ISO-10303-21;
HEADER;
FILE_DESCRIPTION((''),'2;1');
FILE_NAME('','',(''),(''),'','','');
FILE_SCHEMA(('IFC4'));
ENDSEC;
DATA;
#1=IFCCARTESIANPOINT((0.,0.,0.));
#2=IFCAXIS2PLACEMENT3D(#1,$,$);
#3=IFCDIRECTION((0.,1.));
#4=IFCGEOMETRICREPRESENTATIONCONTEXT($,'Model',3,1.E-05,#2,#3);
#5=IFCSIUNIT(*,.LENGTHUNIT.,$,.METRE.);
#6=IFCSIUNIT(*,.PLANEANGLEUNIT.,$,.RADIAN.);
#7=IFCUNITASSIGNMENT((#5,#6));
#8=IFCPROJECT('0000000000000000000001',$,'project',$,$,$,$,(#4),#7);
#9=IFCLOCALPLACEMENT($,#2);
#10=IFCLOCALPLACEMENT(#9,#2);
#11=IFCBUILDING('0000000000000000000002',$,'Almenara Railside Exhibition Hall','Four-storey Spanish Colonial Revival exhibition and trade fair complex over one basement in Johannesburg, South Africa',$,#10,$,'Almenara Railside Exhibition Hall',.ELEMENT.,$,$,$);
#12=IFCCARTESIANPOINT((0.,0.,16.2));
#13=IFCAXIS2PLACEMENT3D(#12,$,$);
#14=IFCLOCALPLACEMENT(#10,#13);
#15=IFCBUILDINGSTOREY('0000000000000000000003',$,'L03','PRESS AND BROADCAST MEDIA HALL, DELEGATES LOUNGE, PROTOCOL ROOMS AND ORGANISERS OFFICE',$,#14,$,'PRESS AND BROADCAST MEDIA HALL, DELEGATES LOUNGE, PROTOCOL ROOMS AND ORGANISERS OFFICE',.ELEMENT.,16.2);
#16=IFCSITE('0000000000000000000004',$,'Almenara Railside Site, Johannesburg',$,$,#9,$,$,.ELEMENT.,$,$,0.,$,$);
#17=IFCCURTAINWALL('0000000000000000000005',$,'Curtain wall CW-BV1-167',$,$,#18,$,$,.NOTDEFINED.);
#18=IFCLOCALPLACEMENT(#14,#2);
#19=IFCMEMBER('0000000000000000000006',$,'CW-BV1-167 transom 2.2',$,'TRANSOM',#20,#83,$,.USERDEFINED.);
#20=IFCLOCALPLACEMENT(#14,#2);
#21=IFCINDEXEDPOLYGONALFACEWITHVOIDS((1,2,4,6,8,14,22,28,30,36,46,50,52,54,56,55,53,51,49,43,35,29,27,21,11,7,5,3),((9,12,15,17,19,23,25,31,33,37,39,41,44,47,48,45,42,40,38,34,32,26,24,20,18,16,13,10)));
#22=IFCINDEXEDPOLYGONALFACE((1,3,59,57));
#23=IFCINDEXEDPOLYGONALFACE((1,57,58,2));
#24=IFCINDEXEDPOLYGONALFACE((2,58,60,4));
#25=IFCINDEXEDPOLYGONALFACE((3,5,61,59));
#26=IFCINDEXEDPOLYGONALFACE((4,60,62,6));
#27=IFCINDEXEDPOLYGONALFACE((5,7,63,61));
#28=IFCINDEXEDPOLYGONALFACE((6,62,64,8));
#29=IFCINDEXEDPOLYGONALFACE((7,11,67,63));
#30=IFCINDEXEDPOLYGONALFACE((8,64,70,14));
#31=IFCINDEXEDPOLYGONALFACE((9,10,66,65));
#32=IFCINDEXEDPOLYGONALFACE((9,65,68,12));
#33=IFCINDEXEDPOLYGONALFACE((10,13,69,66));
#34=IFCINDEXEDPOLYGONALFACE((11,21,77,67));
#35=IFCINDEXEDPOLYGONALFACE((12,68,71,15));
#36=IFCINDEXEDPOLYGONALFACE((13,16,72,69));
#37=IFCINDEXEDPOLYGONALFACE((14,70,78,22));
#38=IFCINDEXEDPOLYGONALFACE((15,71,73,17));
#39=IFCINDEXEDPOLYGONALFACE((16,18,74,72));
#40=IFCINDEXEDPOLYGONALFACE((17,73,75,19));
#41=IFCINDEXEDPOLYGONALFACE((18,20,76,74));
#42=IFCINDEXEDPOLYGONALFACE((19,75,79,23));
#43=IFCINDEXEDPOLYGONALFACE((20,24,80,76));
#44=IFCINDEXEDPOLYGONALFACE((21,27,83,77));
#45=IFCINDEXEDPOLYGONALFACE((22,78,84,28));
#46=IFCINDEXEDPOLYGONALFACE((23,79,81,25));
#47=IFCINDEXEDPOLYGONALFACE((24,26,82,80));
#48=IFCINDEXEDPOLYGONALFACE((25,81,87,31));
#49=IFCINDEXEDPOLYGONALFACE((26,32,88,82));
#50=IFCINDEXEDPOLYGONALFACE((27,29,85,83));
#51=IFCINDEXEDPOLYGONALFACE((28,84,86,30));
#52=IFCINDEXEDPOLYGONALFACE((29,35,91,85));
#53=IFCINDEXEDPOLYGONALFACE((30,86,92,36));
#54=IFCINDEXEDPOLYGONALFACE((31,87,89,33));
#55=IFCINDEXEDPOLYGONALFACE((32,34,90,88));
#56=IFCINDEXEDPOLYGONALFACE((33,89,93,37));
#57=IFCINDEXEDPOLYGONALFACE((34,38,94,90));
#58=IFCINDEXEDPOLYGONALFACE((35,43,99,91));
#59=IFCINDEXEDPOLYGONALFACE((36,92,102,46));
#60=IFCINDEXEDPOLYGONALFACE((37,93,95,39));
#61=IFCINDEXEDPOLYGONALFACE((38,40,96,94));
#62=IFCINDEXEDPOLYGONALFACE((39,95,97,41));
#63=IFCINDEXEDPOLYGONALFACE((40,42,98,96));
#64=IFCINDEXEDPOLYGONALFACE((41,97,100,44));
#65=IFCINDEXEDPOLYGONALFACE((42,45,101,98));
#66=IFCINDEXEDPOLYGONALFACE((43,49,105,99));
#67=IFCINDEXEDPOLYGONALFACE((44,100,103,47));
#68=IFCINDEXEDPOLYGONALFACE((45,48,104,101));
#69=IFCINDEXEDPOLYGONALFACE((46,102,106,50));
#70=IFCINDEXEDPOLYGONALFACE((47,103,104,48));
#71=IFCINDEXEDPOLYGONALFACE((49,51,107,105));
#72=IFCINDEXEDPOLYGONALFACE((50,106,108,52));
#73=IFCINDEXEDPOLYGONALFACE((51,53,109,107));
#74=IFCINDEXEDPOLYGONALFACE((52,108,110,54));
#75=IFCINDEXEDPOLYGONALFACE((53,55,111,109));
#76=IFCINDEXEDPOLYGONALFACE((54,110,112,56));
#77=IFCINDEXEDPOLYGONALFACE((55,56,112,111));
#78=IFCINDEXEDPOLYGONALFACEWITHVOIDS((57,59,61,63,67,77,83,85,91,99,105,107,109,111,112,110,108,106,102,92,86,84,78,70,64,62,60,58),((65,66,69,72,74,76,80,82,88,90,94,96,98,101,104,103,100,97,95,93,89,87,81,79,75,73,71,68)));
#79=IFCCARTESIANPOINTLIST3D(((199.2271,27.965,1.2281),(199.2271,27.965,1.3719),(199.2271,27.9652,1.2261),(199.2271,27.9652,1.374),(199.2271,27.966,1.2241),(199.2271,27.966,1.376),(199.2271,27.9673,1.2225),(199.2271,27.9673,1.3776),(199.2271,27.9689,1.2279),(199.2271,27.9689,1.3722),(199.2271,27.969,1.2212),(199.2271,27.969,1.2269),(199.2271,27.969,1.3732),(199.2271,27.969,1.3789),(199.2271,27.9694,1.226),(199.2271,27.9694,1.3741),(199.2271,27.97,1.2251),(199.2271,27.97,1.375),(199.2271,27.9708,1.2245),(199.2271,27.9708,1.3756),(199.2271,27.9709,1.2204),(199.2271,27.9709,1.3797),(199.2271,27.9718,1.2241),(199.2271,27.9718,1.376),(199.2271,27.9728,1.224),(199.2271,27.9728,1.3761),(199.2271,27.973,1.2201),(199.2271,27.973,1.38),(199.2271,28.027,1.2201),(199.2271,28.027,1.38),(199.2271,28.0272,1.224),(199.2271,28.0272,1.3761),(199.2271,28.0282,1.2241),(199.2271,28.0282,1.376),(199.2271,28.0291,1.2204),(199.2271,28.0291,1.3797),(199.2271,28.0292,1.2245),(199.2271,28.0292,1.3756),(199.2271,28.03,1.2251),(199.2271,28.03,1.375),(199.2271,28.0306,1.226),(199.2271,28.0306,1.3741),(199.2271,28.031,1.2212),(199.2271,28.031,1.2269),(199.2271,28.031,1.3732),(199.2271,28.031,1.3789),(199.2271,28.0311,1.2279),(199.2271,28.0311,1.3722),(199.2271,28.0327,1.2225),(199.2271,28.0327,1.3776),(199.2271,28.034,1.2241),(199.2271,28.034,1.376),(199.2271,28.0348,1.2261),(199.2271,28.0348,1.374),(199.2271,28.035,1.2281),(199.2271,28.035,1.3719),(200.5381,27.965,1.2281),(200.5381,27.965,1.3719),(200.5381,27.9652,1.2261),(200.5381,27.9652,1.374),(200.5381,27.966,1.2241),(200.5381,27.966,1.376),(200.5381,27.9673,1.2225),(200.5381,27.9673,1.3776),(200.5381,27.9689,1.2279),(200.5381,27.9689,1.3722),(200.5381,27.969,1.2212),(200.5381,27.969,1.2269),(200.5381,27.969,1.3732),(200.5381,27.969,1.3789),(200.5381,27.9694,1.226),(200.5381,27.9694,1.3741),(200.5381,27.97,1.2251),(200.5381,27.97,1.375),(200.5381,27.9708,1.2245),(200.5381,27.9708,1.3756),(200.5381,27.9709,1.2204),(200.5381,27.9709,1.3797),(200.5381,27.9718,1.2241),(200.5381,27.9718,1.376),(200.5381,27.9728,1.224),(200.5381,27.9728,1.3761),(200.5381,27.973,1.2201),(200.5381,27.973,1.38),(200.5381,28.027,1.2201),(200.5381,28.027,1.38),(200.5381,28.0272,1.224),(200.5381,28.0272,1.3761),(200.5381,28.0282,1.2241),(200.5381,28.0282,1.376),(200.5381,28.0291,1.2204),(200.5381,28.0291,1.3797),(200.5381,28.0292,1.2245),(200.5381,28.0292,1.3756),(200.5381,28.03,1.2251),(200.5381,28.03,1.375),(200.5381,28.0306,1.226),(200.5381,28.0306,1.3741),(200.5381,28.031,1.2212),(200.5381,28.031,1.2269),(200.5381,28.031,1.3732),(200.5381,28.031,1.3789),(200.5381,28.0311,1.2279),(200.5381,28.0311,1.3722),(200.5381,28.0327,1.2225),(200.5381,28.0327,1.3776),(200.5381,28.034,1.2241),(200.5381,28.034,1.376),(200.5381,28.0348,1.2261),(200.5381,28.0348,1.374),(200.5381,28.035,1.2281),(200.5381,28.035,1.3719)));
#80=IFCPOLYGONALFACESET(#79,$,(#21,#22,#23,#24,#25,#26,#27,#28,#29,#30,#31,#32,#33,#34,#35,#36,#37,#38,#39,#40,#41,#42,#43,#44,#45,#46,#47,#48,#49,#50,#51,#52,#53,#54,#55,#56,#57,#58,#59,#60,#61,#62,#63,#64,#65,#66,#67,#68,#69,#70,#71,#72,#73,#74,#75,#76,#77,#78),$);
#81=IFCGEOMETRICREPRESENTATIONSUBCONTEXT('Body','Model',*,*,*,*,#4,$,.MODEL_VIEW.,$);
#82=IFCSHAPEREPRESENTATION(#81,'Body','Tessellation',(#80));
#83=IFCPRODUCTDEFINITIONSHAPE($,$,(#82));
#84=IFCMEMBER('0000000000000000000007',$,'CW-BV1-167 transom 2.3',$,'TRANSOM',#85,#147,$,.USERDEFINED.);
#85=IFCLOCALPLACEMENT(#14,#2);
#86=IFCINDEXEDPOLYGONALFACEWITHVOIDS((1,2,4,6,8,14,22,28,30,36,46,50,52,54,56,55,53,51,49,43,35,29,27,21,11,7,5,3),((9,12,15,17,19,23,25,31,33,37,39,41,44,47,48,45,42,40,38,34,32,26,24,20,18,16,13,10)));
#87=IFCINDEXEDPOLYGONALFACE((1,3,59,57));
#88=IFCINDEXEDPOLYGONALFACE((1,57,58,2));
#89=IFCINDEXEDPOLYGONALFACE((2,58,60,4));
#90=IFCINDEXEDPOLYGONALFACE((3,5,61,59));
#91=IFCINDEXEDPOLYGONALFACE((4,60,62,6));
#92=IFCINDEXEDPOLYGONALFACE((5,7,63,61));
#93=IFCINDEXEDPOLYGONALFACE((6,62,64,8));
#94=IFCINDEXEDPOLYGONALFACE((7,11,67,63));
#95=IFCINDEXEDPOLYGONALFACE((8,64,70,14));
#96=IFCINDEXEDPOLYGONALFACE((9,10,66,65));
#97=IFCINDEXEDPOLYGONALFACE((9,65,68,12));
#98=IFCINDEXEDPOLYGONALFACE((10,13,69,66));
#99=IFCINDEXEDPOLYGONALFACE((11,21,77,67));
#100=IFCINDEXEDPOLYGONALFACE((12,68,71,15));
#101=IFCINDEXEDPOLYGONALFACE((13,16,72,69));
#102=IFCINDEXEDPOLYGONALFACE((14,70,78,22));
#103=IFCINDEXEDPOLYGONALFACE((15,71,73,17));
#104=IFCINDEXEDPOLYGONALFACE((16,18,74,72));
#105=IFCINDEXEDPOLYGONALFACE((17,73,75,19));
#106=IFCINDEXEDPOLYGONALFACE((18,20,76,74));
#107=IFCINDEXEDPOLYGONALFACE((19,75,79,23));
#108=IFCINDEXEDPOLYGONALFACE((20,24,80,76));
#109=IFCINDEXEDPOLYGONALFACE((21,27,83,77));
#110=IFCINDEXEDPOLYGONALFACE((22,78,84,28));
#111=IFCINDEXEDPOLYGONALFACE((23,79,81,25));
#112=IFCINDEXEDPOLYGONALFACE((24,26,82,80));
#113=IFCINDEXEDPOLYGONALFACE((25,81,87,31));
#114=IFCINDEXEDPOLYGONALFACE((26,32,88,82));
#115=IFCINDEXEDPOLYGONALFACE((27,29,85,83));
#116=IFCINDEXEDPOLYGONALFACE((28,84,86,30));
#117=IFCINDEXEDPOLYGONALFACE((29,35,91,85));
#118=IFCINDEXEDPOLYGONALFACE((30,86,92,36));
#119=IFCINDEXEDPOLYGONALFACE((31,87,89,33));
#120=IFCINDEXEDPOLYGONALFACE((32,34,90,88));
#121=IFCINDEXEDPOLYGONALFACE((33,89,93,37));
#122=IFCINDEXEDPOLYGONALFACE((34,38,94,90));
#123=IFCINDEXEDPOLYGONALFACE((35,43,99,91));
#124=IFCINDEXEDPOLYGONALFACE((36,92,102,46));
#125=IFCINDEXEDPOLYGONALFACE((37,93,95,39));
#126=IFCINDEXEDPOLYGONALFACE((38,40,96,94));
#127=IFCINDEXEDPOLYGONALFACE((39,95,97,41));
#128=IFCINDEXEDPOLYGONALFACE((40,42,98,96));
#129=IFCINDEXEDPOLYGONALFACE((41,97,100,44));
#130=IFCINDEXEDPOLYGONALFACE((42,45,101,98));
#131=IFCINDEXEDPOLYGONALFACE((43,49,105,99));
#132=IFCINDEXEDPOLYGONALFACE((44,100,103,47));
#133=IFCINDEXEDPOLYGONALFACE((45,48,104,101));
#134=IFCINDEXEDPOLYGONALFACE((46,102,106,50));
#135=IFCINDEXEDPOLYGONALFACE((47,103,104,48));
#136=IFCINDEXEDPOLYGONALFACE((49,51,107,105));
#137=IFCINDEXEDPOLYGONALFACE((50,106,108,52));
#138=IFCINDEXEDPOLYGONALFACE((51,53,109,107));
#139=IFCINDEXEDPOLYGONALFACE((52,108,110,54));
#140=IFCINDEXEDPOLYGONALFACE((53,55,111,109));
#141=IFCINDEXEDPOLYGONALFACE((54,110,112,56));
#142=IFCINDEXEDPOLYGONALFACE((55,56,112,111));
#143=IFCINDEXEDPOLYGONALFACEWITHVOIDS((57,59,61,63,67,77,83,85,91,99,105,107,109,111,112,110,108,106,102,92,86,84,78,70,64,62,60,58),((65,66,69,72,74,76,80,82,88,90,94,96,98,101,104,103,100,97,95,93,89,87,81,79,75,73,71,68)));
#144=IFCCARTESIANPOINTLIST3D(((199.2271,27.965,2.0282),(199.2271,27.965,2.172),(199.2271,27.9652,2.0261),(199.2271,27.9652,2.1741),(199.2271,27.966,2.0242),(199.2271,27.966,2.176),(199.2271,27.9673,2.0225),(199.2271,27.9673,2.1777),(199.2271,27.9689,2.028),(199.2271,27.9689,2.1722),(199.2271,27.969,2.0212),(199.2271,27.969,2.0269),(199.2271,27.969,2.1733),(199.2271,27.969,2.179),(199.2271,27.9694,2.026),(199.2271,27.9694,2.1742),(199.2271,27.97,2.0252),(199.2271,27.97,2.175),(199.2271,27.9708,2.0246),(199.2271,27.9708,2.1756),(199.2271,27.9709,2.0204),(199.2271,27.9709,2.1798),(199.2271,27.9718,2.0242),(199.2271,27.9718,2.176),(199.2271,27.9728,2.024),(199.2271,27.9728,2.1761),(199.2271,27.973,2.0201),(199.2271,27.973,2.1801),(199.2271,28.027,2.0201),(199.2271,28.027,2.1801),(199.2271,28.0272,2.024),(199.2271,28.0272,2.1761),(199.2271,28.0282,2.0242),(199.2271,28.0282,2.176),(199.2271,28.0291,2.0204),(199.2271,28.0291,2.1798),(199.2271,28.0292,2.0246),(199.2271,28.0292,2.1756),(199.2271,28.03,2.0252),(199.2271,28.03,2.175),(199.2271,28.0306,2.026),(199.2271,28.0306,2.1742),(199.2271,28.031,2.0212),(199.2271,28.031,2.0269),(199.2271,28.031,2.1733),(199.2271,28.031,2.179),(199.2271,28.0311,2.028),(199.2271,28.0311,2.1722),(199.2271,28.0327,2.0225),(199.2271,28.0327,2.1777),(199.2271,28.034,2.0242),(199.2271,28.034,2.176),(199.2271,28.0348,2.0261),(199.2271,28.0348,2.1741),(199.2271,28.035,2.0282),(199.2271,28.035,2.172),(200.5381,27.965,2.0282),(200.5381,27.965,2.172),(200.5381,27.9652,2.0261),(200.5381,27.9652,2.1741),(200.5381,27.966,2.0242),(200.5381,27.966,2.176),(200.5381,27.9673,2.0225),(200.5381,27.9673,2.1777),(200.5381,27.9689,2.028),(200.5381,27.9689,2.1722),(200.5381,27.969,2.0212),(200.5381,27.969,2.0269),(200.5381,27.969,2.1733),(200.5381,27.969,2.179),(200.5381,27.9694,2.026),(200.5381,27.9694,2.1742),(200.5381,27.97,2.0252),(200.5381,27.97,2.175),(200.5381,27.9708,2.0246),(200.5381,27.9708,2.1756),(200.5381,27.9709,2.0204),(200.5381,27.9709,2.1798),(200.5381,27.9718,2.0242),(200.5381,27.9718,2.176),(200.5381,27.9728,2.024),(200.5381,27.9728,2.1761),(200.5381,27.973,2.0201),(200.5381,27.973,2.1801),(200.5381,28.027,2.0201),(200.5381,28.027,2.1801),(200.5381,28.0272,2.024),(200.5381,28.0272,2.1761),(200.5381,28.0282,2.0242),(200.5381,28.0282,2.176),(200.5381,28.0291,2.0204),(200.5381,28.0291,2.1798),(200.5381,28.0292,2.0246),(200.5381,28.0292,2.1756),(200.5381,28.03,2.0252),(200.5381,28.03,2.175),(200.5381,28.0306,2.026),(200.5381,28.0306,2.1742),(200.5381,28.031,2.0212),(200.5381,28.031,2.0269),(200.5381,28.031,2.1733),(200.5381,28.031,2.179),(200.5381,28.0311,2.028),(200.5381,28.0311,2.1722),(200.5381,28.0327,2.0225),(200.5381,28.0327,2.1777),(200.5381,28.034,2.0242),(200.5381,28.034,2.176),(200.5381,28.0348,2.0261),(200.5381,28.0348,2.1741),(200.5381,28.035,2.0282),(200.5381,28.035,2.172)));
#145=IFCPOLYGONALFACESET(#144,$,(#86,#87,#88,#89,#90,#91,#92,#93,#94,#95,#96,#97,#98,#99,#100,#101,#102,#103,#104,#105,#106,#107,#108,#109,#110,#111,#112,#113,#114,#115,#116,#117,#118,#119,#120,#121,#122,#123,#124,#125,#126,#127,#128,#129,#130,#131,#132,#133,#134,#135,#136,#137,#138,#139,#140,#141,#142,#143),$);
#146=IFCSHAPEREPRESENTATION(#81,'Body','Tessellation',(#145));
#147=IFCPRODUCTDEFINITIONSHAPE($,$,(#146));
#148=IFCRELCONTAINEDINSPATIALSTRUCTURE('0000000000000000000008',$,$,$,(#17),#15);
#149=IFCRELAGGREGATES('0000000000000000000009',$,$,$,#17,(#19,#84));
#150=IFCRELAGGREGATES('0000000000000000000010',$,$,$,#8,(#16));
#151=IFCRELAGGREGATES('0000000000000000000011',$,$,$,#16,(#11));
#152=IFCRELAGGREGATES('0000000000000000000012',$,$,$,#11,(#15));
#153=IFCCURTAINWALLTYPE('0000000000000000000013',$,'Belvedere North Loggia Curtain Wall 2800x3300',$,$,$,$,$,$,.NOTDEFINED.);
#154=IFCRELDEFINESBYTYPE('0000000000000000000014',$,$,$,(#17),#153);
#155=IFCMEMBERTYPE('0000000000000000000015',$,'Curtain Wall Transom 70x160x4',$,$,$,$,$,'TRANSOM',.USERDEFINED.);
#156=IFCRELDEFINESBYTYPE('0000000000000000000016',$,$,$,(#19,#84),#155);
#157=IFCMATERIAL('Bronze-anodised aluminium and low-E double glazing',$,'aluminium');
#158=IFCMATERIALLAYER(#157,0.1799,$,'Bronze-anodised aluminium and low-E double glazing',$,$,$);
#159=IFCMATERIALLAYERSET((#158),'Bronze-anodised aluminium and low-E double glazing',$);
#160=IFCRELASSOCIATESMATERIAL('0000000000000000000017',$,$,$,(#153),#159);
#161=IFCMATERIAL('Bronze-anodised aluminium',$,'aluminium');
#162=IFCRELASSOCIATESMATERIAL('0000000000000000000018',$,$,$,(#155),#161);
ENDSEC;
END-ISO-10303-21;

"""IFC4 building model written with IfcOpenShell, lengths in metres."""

from ifc_helpers import new_model, si_unit, direction, frame, origin, origin_2d, place, context, subcontext, project, spatial, hollow_rectangle, extrude, material, layer, layer_set, material_profile, profile_set, type_object, element, aggregate, save


model = new_model("IFC4")

# Units and contexts
model_context = context("Model", 3, precision=1e-05, world=origin(), true_north=direction((0.0, 1.0)))
body_context = subcontext(model_context, "Body", "Model", "MODEL_VIEW")
ifc_project = project(units=[si_unit("LENGTHUNIT", "METRE"), si_unit("PLANEANGLEUNIT", "RADIAN")], contexts=[model_context])

# Site, building, storey
site_placement = place(None, origin())
site = spatial("IfcSite", under=ifc_project, at=site_placement, Name="Almenara Railside Site, Johannesburg", CompositionType="ELEMENT", RefElevation=0.0)
building_placement = place(site_placement, origin())
building = spatial("IfcBuilding", under=site, at=building_placement, Name="Almenara Railside Exhibition Hall", Description="Four-storey Spanish Colonial Revival exhibition and trade fair complex over one basement in Johannesburg, South Africa", LongName="Almenara Railside Exhibition Hall", CompositionType="ELEMENT")
storey_placement = place(building_placement, frame((0.0, 0.0, 16.2)))
storey = spatial("IfcBuildingStorey", under=building, at=storey_placement, Name="L03", Description="PRESS AND BROADCAST MEDIA HALL, DELEGATES LOUNGE, PROTOCOL ROOMS AND ORGANISERS OFFICE", LongName="PRESS AND BROADCAST MEDIA HALL, DELEGATES LOUNGE, PROTOCOL ROOMS AND ORGANISERS OFFICE", CompositionType="ELEMENT", Elevation=16.2)

# Curtain wall
ifc_material_1 = material(Name="Bronze-anodised aluminium and low-E double glazing", Category="aluminium")
ifc_layer_1 = layer(ifc_material_1, 0.1799, Name="Bronze-anodised aluminium and low-E double glazing")
ifc_layer_set_1 = layer_set([ifc_layer_1], Name="Bronze-anodised aluminium and low-E double glazing")
curtain_wall_type = type_object("IfcCurtainWallType", Name="Belvedere North Loggia Curtain Wall 2800x3300", PredefinedType="NOTDEFINED", material=ifc_layer_set_1)
ifc_material_2 = material(Name="Bronze-anodised aluminium", Category="aluminium")
curtain_wall_1_placement = place(storey_placement, origin())
curtain_wall_1 = element("IfcCurtainWall", 1, at=curtain_wall_1_placement, inside=storey, type_object=curtain_wall_type, Name="Curtain wall CW-BV1-167", PredefinedType="NOTDEFINED")

# Members
ifc_material_profile_1 = material_profile(ifc_material_2, hollow_rectangle(XDim=0.0701, YDim=0.1599, WallThickness=0.0039, InnerFilletRadius=0.0039, OuterFilletRadius=0.0081, at=origin_2d()), Name="ALU-TRN 70x160x4")
ifc_profile_set_1 = profile_set([ifc_material_profile_1], Name="Bronze-anodised aluminium")
member_type_1 = type_object("IfcMemberType", Name="Curtain Wall Transom 70x160x4", ElementType="TRANSOM", PredefinedType="USERDEFINED", material=ifc_profile_set_1)
member_1_placement = place(storey_placement, frame((199.2271, 28.0, 1.3), z_axis=(1.0, 0.0, 0.0), x_axis=(0.0, 1.0, 0.0)))
member_1 = element("IfcMember", 2, at=member_1_placement, type_object=member_type_1, Name="CW-BV1-167 transom 2.2", ObjectType="TRANSOM", PredefinedType="USERDEFINED", context=body_context, shape_type="SweptSolid", body=[
    extrude(hollow_rectangle(XDim=0.0701, YDim=0.1599, WallThickness=0.0039, InnerFilletRadius=0.0039, OuterFilletRadius=0.0081, at=origin_2d()), origin(), (0.0, 0.0, 1.0), 1.311),
])
member_2_placement = place(storey_placement, frame((199.2271, 28.0, 2.1001), z_axis=(1.0, 0.0, 0.0), x_axis=(0.0, 1.0, 0.0)))
member_2 = element("IfcMember", 3, at=member_2_placement, type_object=member_type_1, Name="CW-BV1-167 transom 2.3", ObjectType="TRANSOM", PredefinedType="USERDEFINED", context=body_context, shape_type="SweptSolid", body=[
    extrude(hollow_rectangle(XDim=0.0701, YDim=0.1599, WallThickness=0.0039, InnerFilletRadius=0.0039, OuterFilletRadius=0.0081, at=origin_2d()), origin(), (0.0, 0.0, 1.0), 1.311),
])

aggregate(curtain_wall_1, [member_1, member_2])

save(model, "model.ifc")
